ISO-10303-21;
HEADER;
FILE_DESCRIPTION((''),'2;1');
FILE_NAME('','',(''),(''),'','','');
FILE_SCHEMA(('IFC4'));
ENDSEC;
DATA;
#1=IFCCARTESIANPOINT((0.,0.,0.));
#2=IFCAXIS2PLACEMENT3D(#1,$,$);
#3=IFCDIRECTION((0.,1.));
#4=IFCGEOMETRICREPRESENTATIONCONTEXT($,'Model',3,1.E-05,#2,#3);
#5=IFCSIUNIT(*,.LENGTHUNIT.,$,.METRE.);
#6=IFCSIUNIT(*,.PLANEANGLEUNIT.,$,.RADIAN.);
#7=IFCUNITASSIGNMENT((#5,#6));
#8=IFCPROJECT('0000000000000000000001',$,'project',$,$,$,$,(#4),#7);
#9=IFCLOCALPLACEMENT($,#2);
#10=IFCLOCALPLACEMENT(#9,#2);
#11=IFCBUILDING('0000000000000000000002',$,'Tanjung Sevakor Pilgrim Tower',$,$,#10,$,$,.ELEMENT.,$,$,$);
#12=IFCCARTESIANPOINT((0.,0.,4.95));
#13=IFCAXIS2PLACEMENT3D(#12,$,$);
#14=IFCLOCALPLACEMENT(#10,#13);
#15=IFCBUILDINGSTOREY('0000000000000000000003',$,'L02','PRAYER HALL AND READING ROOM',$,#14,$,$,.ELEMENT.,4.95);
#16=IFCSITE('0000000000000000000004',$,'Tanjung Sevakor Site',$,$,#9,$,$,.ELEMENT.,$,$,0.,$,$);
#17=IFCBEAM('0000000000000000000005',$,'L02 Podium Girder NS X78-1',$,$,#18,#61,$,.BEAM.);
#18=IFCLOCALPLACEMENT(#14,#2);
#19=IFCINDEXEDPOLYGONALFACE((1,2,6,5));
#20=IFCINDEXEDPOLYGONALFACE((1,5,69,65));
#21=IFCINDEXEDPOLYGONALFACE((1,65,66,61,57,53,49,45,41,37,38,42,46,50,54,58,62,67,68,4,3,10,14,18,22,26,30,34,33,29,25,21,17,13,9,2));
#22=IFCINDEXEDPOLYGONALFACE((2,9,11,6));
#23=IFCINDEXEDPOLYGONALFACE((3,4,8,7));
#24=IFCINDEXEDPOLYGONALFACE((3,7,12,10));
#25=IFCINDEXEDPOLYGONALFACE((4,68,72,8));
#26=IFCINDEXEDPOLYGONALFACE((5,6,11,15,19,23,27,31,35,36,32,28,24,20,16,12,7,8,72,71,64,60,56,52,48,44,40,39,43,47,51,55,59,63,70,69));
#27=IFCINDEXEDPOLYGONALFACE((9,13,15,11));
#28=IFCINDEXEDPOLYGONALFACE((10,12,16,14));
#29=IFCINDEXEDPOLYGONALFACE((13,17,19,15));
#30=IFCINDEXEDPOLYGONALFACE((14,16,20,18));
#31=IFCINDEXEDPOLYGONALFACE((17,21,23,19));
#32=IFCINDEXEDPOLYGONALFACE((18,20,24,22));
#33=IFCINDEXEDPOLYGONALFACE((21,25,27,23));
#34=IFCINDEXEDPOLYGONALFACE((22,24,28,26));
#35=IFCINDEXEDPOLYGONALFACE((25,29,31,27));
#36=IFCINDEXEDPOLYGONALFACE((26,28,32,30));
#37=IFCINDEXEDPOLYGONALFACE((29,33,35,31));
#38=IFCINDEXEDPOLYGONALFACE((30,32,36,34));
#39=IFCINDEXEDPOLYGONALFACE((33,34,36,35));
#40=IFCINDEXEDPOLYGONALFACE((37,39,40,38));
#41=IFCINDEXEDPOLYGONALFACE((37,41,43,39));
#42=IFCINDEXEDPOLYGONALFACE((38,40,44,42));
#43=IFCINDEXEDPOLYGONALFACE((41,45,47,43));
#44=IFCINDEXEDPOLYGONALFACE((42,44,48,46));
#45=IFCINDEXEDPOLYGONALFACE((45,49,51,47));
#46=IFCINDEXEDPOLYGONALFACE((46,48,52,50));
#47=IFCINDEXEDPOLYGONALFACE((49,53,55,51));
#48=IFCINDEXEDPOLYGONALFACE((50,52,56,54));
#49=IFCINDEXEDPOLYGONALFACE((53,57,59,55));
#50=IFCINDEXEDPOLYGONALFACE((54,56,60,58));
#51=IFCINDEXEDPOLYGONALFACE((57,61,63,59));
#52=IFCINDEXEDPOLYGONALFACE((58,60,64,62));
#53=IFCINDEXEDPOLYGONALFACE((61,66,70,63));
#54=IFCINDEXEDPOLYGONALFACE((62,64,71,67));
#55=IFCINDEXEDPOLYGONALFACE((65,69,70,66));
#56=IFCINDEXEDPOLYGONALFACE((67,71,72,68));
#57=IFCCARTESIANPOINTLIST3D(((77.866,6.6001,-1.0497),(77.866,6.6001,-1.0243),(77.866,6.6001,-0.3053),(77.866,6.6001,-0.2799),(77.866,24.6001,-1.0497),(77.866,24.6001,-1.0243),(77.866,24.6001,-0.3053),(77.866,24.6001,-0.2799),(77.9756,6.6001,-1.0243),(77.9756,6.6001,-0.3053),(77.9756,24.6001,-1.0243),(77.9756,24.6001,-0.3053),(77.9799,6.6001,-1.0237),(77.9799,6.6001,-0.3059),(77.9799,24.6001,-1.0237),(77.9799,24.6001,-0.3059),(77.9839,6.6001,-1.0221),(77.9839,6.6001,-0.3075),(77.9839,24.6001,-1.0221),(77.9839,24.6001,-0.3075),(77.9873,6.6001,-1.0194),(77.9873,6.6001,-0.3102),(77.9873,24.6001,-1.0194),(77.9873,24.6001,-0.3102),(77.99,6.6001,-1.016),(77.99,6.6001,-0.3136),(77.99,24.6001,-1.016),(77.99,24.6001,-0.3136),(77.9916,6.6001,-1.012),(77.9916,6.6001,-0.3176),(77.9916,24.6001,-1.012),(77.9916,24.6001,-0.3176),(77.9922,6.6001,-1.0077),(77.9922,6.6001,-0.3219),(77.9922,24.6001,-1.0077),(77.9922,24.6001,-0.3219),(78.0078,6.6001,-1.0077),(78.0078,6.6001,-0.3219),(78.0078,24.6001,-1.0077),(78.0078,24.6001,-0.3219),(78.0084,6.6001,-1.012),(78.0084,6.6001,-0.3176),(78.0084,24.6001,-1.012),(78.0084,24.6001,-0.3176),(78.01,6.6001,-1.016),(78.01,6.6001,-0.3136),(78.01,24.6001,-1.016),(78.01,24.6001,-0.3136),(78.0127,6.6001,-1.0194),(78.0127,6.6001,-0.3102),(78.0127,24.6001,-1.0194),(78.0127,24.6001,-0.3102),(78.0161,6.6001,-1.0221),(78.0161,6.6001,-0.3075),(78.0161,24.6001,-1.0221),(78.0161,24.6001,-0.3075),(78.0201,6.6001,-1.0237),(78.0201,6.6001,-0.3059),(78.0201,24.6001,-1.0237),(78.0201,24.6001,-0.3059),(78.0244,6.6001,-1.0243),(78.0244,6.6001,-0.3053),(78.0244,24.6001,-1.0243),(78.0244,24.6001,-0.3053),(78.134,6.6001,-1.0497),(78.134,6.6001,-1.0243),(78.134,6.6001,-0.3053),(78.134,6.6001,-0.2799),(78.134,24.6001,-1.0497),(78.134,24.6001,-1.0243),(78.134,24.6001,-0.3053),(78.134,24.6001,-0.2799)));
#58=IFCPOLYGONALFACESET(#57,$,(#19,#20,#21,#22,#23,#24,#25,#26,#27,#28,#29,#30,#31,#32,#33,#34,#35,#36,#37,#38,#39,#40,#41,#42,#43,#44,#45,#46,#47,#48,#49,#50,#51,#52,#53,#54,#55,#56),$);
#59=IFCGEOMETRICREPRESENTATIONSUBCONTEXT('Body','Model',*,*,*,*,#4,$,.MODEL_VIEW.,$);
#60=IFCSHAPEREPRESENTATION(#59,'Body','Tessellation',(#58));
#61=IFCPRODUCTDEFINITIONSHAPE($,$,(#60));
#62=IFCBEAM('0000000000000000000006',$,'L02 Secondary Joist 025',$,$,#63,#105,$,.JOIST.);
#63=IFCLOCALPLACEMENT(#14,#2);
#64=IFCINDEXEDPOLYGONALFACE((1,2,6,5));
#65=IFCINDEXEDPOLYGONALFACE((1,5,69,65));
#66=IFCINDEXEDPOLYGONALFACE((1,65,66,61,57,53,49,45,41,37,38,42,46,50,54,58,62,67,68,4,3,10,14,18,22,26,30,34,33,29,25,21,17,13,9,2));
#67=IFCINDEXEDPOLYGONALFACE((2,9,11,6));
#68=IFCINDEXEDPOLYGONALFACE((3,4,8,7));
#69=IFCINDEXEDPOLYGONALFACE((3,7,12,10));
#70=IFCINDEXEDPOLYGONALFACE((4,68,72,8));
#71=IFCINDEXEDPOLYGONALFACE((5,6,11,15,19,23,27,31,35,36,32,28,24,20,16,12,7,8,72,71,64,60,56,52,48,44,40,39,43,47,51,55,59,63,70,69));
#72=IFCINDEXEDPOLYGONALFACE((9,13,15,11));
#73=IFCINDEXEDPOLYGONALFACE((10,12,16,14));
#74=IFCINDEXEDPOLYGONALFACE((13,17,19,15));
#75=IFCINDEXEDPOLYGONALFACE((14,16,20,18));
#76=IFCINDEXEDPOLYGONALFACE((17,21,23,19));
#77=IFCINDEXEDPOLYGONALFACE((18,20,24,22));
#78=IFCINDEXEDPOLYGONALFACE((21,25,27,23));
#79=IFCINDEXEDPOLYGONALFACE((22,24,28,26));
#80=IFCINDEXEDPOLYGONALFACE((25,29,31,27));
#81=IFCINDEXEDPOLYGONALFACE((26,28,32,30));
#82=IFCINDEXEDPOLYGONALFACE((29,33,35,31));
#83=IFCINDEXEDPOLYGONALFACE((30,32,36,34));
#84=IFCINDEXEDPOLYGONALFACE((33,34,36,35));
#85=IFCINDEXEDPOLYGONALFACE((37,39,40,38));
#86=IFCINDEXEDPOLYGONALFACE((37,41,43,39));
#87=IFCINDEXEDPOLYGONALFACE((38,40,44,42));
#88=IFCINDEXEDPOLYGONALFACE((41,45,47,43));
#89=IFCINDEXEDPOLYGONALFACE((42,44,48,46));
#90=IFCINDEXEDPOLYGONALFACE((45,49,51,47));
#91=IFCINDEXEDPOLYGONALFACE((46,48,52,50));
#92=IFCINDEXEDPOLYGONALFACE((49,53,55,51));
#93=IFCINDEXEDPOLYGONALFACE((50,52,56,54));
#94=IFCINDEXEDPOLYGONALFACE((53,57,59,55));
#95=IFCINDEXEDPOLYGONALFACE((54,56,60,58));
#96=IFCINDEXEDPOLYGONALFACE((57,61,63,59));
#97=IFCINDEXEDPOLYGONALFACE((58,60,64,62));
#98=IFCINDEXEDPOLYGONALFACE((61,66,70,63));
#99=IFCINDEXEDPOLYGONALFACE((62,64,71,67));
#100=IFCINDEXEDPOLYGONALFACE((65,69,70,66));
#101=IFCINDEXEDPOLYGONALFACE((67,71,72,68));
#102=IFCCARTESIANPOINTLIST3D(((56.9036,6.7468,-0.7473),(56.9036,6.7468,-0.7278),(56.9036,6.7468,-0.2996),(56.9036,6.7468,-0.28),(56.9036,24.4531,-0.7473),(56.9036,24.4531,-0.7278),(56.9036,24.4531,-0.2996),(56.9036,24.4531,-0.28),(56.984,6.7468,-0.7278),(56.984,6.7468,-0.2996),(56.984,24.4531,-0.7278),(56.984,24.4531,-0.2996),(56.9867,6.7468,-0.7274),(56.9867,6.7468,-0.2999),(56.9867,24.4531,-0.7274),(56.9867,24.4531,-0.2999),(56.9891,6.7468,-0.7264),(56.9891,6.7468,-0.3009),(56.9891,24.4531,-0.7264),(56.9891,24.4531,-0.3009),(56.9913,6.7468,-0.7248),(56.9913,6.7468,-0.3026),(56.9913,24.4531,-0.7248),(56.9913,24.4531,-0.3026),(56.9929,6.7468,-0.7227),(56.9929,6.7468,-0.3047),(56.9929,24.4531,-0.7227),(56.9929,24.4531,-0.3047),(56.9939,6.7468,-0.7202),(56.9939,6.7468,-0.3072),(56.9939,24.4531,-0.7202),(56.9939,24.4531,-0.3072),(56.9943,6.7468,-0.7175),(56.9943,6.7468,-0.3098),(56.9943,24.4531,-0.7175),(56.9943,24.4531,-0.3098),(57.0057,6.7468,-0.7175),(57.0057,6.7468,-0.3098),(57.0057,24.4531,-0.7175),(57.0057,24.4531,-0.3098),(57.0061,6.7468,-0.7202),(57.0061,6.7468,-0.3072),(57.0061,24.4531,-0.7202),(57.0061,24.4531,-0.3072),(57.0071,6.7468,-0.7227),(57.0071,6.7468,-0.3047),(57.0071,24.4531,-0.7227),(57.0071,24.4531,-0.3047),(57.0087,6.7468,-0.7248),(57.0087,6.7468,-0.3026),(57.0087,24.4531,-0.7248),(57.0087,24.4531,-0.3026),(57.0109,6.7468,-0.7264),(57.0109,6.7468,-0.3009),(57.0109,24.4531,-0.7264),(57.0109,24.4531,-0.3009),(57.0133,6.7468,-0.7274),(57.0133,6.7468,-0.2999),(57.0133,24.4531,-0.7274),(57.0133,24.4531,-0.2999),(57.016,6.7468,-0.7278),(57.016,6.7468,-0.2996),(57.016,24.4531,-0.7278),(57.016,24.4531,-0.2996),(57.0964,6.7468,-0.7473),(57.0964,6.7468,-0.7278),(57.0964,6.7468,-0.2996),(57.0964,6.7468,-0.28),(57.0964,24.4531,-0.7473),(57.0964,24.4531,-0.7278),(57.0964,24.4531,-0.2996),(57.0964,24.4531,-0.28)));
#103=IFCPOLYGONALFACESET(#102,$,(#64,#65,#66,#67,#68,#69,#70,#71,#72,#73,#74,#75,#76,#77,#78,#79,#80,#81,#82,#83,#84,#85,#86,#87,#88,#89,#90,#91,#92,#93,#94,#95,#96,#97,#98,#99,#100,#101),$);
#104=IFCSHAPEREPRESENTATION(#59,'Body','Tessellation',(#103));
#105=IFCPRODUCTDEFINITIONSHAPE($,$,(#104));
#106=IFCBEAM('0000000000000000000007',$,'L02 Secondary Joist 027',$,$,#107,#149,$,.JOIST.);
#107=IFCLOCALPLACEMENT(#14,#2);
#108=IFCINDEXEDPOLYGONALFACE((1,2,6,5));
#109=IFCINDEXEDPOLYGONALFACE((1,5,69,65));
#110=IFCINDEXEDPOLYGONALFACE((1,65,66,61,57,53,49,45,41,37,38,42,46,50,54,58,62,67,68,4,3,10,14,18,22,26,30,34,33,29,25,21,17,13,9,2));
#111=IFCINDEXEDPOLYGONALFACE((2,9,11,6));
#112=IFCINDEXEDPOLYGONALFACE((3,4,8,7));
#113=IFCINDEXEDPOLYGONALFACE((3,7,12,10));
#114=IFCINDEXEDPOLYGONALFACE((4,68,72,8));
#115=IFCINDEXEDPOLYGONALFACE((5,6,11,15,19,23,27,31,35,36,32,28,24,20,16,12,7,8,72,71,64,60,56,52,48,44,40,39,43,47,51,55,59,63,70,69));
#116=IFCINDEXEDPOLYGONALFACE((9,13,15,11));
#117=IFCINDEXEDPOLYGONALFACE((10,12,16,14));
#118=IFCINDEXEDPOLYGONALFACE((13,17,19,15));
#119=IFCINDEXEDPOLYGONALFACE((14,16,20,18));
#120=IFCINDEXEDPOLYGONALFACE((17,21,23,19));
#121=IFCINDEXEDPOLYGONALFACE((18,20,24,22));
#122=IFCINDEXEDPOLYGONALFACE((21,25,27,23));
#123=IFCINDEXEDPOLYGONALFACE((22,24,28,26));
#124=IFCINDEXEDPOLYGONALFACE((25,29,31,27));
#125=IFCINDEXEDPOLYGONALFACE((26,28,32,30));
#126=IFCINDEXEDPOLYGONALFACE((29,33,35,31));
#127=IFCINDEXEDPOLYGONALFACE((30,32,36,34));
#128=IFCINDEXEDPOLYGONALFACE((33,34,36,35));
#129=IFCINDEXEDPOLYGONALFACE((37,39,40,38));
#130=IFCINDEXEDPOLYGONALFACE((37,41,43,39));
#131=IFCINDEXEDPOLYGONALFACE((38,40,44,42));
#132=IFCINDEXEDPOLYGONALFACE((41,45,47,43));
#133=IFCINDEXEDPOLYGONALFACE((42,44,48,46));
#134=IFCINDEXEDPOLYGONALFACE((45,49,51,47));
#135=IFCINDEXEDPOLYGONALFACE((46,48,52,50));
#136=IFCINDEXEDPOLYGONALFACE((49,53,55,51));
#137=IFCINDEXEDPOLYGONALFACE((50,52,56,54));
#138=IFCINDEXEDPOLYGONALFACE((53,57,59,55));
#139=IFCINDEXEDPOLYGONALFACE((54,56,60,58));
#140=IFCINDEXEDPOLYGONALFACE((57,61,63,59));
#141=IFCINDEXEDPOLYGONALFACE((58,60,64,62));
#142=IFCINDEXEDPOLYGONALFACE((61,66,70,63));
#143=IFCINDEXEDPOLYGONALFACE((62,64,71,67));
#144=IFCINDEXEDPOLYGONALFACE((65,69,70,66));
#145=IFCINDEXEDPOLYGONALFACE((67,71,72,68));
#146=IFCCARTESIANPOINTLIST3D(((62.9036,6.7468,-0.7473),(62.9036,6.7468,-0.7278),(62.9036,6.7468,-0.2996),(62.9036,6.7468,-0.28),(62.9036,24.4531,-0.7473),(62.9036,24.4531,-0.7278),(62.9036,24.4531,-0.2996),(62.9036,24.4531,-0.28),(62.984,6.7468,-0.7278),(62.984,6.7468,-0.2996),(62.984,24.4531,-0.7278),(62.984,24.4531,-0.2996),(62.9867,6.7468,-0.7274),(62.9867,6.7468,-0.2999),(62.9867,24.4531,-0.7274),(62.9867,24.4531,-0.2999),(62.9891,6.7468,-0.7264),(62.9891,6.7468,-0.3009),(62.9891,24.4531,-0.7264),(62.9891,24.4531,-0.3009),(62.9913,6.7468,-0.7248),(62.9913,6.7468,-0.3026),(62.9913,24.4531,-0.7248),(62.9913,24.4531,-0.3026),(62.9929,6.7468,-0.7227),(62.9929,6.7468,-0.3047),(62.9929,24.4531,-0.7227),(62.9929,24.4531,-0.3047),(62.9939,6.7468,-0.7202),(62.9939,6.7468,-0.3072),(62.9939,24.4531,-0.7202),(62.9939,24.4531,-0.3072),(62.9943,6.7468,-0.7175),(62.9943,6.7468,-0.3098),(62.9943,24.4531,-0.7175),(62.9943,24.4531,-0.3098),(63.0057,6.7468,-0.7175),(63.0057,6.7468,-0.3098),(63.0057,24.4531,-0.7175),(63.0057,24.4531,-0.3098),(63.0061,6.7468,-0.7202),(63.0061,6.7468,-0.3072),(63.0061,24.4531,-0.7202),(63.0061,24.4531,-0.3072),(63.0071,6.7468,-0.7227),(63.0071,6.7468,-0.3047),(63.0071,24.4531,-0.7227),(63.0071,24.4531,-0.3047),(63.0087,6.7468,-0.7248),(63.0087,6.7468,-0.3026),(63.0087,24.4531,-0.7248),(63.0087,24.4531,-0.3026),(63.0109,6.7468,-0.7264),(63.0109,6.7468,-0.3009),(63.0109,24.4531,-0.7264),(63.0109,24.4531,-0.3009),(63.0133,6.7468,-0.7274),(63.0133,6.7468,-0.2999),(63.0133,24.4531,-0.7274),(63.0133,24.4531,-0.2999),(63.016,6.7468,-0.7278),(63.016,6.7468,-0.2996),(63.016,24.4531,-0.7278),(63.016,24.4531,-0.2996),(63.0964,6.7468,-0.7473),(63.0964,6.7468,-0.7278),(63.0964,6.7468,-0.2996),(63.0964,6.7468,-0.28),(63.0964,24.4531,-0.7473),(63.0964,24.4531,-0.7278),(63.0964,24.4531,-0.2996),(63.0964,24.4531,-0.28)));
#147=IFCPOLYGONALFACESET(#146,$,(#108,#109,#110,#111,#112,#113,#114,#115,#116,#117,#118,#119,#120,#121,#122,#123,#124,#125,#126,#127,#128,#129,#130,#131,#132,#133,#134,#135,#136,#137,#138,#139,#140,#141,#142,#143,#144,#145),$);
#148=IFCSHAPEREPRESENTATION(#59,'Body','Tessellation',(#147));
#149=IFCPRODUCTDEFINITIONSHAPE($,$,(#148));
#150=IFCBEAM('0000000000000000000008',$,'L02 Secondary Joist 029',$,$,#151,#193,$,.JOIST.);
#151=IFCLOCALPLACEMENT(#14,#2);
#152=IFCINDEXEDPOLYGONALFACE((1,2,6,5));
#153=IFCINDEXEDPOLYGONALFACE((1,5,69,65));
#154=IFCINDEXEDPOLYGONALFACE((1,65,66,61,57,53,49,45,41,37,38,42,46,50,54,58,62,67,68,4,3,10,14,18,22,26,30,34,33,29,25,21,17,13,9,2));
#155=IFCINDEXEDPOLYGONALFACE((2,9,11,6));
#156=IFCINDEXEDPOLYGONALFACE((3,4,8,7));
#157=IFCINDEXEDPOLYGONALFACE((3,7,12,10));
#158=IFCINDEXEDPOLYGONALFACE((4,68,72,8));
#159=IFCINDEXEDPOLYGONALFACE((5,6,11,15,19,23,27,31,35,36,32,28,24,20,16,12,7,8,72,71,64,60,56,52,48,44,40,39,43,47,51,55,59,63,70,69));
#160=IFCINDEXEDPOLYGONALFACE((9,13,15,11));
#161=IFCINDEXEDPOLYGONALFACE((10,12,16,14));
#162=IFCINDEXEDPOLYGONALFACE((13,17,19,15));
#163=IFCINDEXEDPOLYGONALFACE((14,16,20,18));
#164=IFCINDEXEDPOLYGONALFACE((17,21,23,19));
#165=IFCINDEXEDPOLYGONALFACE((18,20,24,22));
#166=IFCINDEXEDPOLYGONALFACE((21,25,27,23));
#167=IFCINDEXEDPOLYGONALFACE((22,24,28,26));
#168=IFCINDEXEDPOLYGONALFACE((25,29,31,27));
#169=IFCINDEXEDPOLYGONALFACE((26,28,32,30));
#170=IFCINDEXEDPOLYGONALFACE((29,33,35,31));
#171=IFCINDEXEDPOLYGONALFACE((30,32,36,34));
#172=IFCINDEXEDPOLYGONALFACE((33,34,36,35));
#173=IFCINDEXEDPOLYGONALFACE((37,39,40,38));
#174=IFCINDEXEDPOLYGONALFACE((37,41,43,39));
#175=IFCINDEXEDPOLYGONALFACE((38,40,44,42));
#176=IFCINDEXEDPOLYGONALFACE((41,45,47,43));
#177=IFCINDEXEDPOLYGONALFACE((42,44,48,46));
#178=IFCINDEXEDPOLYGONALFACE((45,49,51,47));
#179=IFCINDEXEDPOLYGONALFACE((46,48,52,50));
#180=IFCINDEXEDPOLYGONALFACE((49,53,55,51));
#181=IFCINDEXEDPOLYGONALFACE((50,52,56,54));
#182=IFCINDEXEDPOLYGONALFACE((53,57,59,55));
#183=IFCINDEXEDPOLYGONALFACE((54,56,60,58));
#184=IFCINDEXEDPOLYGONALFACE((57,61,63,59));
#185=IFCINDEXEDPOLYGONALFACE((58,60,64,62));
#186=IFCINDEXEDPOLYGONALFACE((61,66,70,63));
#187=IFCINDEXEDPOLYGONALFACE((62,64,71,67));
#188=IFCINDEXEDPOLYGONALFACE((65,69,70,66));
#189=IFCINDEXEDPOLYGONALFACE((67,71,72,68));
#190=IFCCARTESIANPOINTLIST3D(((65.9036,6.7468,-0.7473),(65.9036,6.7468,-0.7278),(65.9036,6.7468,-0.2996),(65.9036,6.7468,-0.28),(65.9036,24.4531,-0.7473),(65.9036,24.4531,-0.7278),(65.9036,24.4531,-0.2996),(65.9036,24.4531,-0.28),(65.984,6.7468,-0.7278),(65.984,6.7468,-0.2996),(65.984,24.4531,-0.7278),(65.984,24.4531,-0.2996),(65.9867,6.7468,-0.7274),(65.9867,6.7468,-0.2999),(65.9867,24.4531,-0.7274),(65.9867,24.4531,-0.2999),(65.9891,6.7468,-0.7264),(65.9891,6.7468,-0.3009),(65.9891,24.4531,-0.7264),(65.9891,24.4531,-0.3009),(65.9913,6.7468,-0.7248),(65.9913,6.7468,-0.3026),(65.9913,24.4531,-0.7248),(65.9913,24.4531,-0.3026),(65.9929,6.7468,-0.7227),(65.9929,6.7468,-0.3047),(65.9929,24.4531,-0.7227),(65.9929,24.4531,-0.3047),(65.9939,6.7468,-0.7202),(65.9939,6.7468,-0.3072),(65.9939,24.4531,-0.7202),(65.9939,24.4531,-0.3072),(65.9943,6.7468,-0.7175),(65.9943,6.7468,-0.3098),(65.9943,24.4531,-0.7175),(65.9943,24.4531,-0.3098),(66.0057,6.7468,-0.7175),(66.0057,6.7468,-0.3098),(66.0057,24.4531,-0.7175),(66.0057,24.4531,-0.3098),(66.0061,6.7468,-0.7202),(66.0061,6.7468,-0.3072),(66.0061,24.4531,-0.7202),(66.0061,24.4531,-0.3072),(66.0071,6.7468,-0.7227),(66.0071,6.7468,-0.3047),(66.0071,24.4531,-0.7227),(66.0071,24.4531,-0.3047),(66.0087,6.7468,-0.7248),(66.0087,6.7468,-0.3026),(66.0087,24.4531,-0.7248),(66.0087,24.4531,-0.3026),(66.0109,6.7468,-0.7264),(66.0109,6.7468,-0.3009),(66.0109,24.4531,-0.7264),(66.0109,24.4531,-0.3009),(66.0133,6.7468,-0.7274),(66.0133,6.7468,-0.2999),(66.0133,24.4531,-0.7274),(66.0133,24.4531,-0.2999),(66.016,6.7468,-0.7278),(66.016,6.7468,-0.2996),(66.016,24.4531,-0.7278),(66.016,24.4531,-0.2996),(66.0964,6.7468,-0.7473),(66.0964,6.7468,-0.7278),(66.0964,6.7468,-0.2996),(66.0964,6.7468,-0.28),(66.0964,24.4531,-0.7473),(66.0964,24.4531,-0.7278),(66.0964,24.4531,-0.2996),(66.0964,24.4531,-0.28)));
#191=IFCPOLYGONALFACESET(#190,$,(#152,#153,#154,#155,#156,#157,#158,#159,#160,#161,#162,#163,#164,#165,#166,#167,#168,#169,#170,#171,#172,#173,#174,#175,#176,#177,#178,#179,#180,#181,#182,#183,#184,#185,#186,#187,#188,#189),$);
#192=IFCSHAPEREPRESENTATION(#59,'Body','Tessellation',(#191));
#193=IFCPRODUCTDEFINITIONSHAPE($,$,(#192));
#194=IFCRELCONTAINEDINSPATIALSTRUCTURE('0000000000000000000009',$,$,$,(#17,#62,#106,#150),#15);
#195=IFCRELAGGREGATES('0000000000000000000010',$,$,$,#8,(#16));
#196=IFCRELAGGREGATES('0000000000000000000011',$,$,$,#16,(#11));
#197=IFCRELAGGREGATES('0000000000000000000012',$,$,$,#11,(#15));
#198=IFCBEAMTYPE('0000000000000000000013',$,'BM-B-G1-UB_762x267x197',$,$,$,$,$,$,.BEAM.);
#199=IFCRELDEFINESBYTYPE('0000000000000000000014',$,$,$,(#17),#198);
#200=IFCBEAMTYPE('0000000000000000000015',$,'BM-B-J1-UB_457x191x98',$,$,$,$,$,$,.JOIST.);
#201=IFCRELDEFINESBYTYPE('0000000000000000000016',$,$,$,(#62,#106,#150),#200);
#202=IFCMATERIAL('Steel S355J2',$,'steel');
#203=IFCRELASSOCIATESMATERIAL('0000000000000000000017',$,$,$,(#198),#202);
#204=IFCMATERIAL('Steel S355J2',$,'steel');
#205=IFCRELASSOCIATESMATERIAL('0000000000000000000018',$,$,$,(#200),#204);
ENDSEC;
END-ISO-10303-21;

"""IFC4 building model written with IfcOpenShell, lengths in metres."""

from ifc_helpers import new_model, si_unit, direction, frame, origin, origin_2d, place, context, subcontext, project, spatial, i_section, extrude, material, material_profile, profile_set, type_object, element, save


model = new_model("IFC4")

# Units and contexts
model_context = context("Model", 3, precision=1e-05, world=origin(), true_north=direction((0.0, 1.0)))
body_context = subcontext(model_context, "Body", "Model", "MODEL_VIEW")
ifc_project = project(units=[si_unit("LENGTHUNIT", "METRE"), si_unit("PLANEANGLEUNIT", "RADIAN")], contexts=[model_context])

# Site, building, storey
site_placement = place(None, origin())
site = spatial("IfcSite", under=ifc_project, at=site_placement, Name="Tanjung Sevakor Site", CompositionType="ELEMENT", RefElevation=0.0)
building_placement = place(site_placement, origin())
building = spatial("IfcBuilding", under=site, at=building_placement, Name="Tanjung Sevakor Pilgrim Tower", CompositionType="ELEMENT")
storey_placement = place(building_placement, frame((0.0, 0.0, 4.95)))
storey = spatial("IfcBuildingStorey", under=building, at=storey_placement, Name="L02", Description="PRAYER HALL AND READING ROOM", CompositionType="ELEMENT", Elevation=4.95)

# Beams
ifc_material_1 = material(Name="Steel S355J2", Category="steel")
ifc_material_profile_1 = material_profile(ifc_material_1, i_section(OverallWidth=0.2681, OverallDepth=0.7698, WebThickness=0.0156, FlangeThickness=0.0254, FilletRadius=0.0166, at=origin_2d()))
ifc_profile_set_1 = profile_set([ifc_material_profile_1], Name="Steel S355J2")
beam_type_1 = type_object("IfcBeamType", Name="BM-B-G1-UB_762x267x197", PredefinedType="BEAM", material=ifc_profile_set_1)
for number, where, z_axis, x_axis, name in (
    (1, (78.0, 6.6001, -0.6648), (0.0, 1.0, 0.0), (-1.0, 0.0, 0.0), "L02 Podium Girder NS X78-1"),
):
    element("IfcBeam", number, at=place(storey_placement, frame(where, z_axis=z_axis, x_axis=x_axis)), inside=storey, type_object=beam_type_1, Name=name, PredefinedType="BEAM", context=body_context, shape_type="SweptSolid", body=[
        extrude(i_section(OverallWidth=0.2681, OverallDepth=0.7698, WebThickness=0.0156, FlangeThickness=0.0254, FilletRadius=0.0166, at=origin_2d()), origin(), (0.0, 0.0, 1.0), 18.0),
    ])
ifc_material_2 = material(Name="Steel S355J2", Category="steel")
ifc_material_profile_2 = material_profile(ifc_material_2, i_section(OverallWidth=0.1929, OverallDepth=0.4673, WebThickness=0.0115, FlangeThickness=0.0195, FilletRadius=0.0103, at=origin_2d()))
ifc_profile_set_2 = profile_set([ifc_material_profile_2], Name="Steel S355J2")
beam_type_2 = type_object("IfcBeamType", Name="BM-B-J1-UB_457x191x98", PredefinedType="JOIST", material=ifc_profile_set_2)
for number, where, z_axis, x_axis, name in (
    (2, (57.0, 6.7468, -0.5137), (0.0, 1.0, 0.0), (-1.0, 0.0, 0.0), "L02 Secondary Joist 025"),
    (3, (63.0, 6.7468, -0.5137), (0.0, 1.0, 0.0), (-1.0, 0.0, 0.0), "L02 Secondary Joist 027"),
    (4, (66.0, 6.7468, -0.5137), (0.0, 1.0, 0.0), (-1.0, 0.0, 0.0), "L02 Secondary Joist 029"),
):
    element("IfcBeam", number, at=place(storey_placement, frame(where, z_axis=z_axis, x_axis=x_axis)), inside=storey, type_object=beam_type_2, Name=name, PredefinedType="JOIST", context=body_context, shape_type="SweptSolid", body=[
        extrude(i_section(OverallWidth=0.1929, OverallDepth=0.4673, WebThickness=0.0115, FlangeThickness=0.0195, FilletRadius=0.0103, at=origin_2d()), origin(), (0.0, 0.0, 1.0), 17.7063),
    ])

save(model, "model.ifc")
